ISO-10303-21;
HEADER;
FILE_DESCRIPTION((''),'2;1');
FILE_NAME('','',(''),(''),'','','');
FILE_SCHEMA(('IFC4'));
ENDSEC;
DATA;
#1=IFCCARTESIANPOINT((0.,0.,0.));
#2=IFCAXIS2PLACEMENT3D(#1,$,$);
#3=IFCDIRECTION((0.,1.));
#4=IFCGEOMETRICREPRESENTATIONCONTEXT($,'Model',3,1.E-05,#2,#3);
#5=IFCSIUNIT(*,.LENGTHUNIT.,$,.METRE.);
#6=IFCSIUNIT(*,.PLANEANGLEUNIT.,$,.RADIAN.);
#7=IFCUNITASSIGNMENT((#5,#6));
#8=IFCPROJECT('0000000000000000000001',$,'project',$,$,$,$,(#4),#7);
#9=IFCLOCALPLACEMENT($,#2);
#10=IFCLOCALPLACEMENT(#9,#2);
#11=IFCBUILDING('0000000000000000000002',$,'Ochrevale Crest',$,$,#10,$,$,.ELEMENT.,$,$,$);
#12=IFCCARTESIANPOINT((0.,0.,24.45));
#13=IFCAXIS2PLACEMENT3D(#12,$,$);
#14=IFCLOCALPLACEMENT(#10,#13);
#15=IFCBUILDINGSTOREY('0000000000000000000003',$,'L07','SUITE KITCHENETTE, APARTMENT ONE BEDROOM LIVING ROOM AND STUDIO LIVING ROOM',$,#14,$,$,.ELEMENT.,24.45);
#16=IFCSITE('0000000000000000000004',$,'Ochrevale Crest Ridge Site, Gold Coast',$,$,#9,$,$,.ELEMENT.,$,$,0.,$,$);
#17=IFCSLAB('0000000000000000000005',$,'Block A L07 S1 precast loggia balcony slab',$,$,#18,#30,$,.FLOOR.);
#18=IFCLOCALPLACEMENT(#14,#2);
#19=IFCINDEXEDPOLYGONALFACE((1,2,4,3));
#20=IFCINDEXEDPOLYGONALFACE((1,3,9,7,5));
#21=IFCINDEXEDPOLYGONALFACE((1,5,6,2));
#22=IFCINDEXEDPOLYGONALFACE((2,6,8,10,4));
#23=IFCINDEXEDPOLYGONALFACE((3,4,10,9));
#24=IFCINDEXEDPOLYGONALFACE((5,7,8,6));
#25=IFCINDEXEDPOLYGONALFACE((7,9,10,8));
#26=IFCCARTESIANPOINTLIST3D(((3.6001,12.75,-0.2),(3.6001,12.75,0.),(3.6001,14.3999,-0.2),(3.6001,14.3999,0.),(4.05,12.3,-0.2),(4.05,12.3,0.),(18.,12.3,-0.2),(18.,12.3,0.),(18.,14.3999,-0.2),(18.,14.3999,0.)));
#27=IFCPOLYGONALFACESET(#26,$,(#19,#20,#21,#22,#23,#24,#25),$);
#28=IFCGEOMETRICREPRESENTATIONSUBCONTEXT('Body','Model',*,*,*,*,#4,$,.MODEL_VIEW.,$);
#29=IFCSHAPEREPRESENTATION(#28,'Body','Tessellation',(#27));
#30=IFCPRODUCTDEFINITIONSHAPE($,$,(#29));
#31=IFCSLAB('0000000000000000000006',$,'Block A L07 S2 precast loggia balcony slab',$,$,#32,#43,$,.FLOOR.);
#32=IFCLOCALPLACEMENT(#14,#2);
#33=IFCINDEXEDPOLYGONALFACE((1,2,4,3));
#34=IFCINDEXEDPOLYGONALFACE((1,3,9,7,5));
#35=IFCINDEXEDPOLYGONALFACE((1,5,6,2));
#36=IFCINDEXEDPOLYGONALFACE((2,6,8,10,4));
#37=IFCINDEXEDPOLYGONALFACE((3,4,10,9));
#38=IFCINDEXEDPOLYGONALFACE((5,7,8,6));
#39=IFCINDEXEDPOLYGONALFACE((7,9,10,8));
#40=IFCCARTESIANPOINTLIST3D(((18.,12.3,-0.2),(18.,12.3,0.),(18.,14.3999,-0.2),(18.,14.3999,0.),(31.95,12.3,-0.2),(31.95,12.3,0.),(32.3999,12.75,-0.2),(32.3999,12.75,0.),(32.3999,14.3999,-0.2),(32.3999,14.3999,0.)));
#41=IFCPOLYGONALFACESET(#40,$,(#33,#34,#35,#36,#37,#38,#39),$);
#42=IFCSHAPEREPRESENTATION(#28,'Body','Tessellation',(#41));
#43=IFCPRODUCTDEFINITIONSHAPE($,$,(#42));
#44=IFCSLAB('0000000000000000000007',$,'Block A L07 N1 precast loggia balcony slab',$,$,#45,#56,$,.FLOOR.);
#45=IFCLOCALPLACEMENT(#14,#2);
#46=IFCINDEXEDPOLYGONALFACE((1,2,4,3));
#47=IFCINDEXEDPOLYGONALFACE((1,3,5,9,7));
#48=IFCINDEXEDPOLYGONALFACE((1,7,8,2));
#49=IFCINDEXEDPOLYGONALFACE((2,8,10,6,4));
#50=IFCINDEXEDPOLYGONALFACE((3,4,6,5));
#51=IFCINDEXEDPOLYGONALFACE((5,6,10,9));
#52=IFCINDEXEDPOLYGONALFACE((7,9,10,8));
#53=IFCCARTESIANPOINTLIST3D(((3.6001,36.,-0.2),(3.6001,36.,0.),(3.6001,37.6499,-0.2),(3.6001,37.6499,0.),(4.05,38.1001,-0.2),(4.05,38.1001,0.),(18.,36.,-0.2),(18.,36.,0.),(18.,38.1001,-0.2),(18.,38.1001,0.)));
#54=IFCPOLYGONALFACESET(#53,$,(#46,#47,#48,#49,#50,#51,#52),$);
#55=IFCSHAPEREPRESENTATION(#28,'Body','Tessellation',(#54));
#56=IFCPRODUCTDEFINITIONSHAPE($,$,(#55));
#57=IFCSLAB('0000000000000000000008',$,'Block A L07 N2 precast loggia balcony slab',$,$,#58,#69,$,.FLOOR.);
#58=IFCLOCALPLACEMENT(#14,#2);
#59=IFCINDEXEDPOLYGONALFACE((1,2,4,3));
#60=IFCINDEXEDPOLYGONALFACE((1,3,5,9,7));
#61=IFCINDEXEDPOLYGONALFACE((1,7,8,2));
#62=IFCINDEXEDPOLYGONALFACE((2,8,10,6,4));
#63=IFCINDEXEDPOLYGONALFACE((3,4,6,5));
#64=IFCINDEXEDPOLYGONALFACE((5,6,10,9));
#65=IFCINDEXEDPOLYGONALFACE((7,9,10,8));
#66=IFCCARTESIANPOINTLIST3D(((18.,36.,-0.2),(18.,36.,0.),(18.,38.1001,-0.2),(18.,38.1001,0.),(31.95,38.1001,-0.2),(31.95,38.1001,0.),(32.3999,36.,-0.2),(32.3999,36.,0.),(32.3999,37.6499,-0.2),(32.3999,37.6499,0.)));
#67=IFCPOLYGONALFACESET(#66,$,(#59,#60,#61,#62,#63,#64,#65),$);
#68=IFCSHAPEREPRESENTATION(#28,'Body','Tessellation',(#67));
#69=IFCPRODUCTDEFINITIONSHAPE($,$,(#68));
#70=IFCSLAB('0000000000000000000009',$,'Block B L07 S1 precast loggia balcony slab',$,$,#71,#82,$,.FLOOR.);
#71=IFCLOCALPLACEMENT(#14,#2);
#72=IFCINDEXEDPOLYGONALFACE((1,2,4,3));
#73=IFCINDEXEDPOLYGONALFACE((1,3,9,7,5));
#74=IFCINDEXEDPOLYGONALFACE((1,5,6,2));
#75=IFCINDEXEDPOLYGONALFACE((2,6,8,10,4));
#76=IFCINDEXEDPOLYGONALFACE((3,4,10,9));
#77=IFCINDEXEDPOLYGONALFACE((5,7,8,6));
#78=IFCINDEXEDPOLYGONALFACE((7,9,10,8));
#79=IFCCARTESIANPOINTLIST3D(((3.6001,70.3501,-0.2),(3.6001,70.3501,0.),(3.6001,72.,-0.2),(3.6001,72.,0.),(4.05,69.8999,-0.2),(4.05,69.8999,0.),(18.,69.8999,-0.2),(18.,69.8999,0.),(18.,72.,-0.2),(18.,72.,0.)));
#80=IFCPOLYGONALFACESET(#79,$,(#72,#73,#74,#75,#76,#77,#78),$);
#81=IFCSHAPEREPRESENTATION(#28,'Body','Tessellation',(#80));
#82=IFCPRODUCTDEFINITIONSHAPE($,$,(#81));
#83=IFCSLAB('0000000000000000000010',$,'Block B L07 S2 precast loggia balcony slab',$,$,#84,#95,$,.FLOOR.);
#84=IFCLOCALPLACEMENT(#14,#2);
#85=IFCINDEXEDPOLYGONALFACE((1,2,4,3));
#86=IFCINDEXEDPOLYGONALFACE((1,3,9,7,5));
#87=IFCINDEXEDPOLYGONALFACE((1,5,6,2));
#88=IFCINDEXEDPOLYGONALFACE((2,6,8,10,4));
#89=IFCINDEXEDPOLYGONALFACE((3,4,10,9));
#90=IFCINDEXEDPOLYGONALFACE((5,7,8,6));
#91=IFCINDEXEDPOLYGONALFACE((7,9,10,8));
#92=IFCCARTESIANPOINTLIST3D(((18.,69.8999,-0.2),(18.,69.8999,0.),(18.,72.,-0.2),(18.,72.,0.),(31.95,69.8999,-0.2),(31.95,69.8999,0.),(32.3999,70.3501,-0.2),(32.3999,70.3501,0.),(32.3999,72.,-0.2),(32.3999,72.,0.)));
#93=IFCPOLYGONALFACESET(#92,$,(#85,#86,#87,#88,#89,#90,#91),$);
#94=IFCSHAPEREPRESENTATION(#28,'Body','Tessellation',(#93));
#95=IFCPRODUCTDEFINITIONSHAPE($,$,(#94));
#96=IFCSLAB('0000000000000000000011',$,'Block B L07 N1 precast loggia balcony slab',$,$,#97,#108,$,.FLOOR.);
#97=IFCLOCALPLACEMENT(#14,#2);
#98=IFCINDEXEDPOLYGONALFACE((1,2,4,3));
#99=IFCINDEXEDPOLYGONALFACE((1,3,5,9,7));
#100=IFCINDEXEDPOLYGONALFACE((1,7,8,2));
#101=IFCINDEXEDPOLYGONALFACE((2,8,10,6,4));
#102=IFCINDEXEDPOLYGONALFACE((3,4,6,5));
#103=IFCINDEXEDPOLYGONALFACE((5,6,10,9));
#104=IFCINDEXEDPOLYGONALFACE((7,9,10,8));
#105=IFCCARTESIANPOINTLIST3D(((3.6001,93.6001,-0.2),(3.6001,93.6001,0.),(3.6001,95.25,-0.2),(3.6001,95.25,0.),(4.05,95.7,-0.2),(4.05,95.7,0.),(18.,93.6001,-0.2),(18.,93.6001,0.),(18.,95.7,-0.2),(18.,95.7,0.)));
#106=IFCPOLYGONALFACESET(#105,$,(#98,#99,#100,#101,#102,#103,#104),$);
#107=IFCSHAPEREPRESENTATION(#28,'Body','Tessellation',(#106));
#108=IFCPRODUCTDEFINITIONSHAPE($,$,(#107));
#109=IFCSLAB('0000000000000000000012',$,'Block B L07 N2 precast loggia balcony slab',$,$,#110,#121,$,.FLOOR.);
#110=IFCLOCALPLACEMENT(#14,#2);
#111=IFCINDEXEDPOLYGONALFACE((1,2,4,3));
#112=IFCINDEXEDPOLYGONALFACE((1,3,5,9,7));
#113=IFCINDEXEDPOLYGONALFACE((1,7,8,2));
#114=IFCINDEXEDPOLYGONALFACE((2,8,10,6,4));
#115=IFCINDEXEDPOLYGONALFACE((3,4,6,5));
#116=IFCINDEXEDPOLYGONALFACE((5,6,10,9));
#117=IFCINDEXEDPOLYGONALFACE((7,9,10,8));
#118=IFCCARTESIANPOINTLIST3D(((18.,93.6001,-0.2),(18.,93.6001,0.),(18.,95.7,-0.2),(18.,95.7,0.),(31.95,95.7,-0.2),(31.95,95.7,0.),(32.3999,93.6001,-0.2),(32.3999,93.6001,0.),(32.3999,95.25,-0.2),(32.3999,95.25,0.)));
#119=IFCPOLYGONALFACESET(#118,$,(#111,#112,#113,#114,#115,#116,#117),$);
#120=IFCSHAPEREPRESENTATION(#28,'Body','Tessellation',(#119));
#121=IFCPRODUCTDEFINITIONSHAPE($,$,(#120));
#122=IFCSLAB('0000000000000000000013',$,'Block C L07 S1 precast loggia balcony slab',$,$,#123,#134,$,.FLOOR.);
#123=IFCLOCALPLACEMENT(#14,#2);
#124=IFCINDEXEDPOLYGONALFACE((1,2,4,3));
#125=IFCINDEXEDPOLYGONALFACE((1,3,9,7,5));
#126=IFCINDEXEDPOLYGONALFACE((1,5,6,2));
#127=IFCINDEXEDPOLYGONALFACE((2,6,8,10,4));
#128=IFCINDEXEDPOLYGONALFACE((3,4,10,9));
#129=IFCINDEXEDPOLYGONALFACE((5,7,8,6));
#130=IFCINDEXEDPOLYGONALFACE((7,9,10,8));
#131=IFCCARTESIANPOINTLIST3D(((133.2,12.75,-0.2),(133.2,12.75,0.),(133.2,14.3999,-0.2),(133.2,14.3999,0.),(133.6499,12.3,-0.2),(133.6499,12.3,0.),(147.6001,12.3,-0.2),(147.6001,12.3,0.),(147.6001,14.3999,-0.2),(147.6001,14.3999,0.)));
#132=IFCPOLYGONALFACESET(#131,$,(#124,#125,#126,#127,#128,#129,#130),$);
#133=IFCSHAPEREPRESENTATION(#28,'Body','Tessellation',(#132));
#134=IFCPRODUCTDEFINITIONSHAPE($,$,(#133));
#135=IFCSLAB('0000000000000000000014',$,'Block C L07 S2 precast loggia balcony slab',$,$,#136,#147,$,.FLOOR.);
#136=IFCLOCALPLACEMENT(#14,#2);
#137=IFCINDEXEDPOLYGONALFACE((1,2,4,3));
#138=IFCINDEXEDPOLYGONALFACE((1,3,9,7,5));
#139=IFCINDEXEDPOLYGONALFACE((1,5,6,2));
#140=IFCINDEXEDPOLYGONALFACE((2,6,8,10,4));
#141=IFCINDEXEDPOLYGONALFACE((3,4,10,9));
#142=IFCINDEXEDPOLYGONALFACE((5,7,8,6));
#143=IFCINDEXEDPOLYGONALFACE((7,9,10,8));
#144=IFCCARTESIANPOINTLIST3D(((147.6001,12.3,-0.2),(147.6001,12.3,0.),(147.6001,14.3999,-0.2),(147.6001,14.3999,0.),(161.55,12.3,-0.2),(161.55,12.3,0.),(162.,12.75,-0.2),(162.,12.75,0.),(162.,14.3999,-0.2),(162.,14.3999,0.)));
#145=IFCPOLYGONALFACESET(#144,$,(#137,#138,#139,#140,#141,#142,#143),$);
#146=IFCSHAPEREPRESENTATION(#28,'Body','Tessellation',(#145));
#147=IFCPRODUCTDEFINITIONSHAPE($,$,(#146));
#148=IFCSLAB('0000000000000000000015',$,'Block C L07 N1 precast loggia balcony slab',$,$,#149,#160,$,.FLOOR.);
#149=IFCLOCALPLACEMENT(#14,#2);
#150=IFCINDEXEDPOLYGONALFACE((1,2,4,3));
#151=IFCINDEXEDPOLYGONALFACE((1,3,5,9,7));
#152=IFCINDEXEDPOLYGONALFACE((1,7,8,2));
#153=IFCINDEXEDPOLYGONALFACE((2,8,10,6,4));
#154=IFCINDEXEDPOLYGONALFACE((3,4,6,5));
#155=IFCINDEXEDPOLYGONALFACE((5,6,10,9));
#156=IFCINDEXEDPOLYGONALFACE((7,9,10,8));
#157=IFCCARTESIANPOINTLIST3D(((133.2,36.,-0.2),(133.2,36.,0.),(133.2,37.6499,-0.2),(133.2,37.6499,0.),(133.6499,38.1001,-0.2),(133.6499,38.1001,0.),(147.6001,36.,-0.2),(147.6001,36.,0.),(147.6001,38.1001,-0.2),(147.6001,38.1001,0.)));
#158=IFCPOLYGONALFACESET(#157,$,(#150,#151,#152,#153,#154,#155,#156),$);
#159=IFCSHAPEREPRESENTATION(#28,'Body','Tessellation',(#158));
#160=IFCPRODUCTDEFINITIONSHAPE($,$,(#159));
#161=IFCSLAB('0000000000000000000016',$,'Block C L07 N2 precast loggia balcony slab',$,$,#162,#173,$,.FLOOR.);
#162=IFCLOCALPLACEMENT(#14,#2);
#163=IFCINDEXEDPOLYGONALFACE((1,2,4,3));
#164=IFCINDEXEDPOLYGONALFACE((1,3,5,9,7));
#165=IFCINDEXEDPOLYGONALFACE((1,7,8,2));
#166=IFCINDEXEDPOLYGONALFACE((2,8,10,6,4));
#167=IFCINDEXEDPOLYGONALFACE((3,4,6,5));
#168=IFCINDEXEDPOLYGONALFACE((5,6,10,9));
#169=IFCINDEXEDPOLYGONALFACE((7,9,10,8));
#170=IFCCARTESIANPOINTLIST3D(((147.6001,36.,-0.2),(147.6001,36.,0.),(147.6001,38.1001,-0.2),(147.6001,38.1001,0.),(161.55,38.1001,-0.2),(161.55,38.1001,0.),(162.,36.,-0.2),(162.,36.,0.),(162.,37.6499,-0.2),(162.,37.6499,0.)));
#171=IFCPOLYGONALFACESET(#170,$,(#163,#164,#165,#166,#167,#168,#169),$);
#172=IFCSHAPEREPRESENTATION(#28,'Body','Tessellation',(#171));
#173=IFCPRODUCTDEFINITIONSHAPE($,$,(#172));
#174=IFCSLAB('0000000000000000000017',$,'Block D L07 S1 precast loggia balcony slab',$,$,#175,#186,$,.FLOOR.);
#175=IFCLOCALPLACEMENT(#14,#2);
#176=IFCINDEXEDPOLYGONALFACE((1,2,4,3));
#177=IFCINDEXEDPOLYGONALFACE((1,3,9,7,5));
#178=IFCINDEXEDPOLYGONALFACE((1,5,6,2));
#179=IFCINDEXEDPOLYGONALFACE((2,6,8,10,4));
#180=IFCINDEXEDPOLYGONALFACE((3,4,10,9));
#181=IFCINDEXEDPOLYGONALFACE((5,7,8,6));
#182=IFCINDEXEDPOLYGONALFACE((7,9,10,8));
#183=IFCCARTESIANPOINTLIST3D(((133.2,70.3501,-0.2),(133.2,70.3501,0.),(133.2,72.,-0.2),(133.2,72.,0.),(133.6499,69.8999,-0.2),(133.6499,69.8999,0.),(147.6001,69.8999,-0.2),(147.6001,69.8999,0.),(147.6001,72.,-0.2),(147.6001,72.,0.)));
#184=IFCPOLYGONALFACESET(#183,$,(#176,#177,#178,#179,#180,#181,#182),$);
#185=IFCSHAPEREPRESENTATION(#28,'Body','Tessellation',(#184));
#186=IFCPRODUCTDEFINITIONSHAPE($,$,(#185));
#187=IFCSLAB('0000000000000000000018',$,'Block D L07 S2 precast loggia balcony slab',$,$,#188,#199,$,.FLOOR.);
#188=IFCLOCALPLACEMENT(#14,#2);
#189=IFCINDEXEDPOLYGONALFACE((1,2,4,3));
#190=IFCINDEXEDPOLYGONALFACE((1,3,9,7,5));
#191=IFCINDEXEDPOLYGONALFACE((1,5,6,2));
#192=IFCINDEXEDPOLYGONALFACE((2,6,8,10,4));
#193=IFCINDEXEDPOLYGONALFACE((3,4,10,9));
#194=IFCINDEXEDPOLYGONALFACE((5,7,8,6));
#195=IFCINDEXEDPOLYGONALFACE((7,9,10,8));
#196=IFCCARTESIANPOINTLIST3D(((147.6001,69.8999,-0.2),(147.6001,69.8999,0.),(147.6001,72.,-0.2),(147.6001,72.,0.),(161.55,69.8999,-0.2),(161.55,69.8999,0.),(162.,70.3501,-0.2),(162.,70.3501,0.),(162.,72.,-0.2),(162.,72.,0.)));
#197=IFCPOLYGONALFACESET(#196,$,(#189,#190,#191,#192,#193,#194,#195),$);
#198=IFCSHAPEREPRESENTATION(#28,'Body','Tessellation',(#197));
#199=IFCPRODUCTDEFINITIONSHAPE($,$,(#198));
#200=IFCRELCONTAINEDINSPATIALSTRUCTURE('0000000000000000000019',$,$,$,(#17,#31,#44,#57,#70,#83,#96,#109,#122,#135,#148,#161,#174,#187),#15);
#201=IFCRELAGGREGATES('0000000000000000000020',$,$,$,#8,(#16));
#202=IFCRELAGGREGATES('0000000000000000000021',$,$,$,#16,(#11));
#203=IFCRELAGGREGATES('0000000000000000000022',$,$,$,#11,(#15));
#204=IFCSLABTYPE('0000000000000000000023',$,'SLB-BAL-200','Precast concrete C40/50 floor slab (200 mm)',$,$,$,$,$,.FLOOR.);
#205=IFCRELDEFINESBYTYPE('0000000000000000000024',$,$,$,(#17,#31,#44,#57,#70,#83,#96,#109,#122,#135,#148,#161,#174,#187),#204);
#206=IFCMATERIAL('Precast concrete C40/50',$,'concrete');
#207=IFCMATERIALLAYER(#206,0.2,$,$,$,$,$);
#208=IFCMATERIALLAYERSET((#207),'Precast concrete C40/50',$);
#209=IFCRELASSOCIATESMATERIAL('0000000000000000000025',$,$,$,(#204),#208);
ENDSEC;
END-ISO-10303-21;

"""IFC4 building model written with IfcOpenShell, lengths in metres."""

from ifc_helpers import new_model, si_unit, direction, frame, origin, place, context, subcontext, project, spatial, polyline, outline, extrude, material, layer, layer_set, type_object, element, save


model = new_model("IFC4")

# Units and contexts
model_context = context("Model", 3, precision=1e-05, world=origin(), true_north=direction((0.0, 1.0)))
body_context = subcontext(model_context, "Body", "Model", "MODEL_VIEW")
ifc_project = project(units=[si_unit("LENGTHUNIT", "METRE"), si_unit("PLANEANGLEUNIT", "RADIAN")], contexts=[model_context])

# Site, building, storey
site_placement = place(None, origin())
site = spatial("IfcSite", under=ifc_project, at=site_placement, Name="Ochrevale Crest Ridge Site, Gold Coast", CompositionType="ELEMENT", RefElevation=0.0)
building_placement = place(site_placement, origin())
building = spatial("IfcBuilding", under=site, at=building_placement, Name="Ochrevale Crest", CompositionType="ELEMENT")
storey_placement = place(building_placement, frame((0.0, 0.0, 24.45)))
storey = spatial("IfcBuildingStorey", under=building, at=storey_placement, Name="L07", Description="SUITE KITCHENETTE, APARTMENT ONE BEDROOM LIVING ROOM AND STUDIO LIVING ROOM", CompositionType="ELEMENT", Elevation=24.45)

# Slabs
ifc_material_1 = material(Name="Precast concrete C40/50", Category="concrete")
ifc_layer_1 = layer(ifc_material_1, 0.2)
ifc_layer_set_1 = layer_set([ifc_layer_1], Name="Precast concrete C40/50")
slab_type_1 = type_object("IfcSlabType", Name="SLB-BAL-200", Description="Precast concrete C40/50 floor slab (200 mm)", PredefinedType="FLOOR", material=ifc_layer_set_1)
slab_1_placement = place(storey_placement, frame((0.0, 0.0, -0.2)))
element("IfcSlab", 1, at=slab_1_placement, inside=storey, type_object=slab_type_1, Name="Block A L07 S1 precast loggia balcony slab", PredefinedType="FLOOR", context=body_context, shape_type="SweptSolid", body=[
    extrude(outline(polyline([(4.05, 12.3), (18.0, 12.3), (18.0, 14.3999), (3.6001, 14.3999), (3.6001, 12.75), (4.05, 12.3)])), origin(), (0.0, 0.0, 1.0), 0.2),
])
slab_2_placement = place(storey_placement, frame((0.0, 0.0, -0.2)))
element("IfcSlab", 2, at=slab_2_placement, inside=storey, type_object=slab_type_1, Name="Block A L07 S2 precast loggia balcony slab", PredefinedType="FLOOR", context=body_context, shape_type="SweptSolid", body=[
    extrude(outline(polyline([(18.0, 12.3), (31.95, 12.3), (32.3999, 12.75), (32.3999, 14.3999), (18.0, 14.3999), (18.0, 12.3)])), origin(), (0.0, 0.0, 1.0), 0.2),
])
slab_3_placement = place(storey_placement, frame((0.0, 0.0, -0.2)))
element("IfcSlab", 3, at=slab_3_placement, inside=storey, type_object=slab_type_1, Name="Block A L07 N1 precast loggia balcony slab", PredefinedType="FLOOR", context=body_context, shape_type="SweptSolid", body=[
    extrude(outline(polyline([(3.6001, 36.0), (18.0, 36.0), (18.0, 38.1001), (4.05, 38.1001), (3.6001, 37.6499), (3.6001, 36.0)])), origin(), (0.0, 0.0, 1.0), 0.2),
])
slab_4_placement = place(storey_placement, frame((0.0, 0.0, -0.2)))
element("IfcSlab", 4, at=slab_4_placement, inside=storey, type_object=slab_type_1, Name="Block A L07 N2 precast loggia balcony slab", PredefinedType="FLOOR", context=body_context, shape_type="SweptSolid", body=[
    extrude(outline(polyline([(18.0, 36.0), (32.3999, 36.0), (32.3999, 37.6499), (31.95, 38.1001), (18.0, 38.1001), (18.0, 36.0)])), origin(), (0.0, 0.0, 1.0), 0.2),
])
slab_5_placement = place(storey_placement, frame((0.0, 0.0, -0.2)))
element("IfcSlab", 5, at=slab_5_placement, inside=storey, type_object=slab_type_1, Name="Block B L07 S1 precast loggia balcony slab", PredefinedType="FLOOR", context=body_context, shape_type="SweptSolid", body=[
    extrude(outline(polyline([(4.05, 69.8999), (18.0, 69.8999), (18.0, 72.0), (3.6001, 72.0), (3.6001, 70.3501), (4.05, 69.8999)])), origin(), (0.0, 0.0, 1.0), 0.2),
])
slab_6_placement = place(storey_placement, frame((0.0, 0.0, -0.2)))
element("IfcSlab", 6, at=slab_6_placement, inside=storey, type_object=slab_type_1, Name="Block B L07 S2 precast loggia balcony slab", PredefinedType="FLOOR", context=body_context, shape_type="SweptSolid", body=[
    extrude(outline(polyline([(18.0, 69.8999), (31.95, 69.8999), (32.3999, 70.3501), (32.3999, 72.0), (18.0, 72.0), (18.0, 69.8999)])), origin(), (0.0, 0.0, 1.0), 0.2),
])
slab_7_placement = place(storey_placement, frame((0.0, 0.0, -0.2)))
element("IfcSlab", 7, at=slab_7_placement, inside=storey, type_object=slab_type_1, Name="Block B L07 N1 precast loggia balcony slab", PredefinedType="FLOOR", context=body_context, shape_type="SweptSolid", body=[
    extrude(outline(polyline([(3.6001, 93.6001), (18.0, 93.6001), (18.0, 95.7), (4.05, 95.7), (3.6001, 95.25), (3.6001, 93.6001)])), origin(), (0.0, 0.0, 1.0), 0.2),
])
slab_8_placement = place(storey_placement, frame((0.0, 0.0, -0.2)))
element("IfcSlab", 8, at=slab_8_placement, inside=storey, type_object=slab_type_1, Name="Block B L07 N2 precast loggia balcony slab", PredefinedType="FLOOR", context=body_context, shape_type="SweptSolid", body=[
    extrude(outline(polyline([(18.0, 93.6001), (32.3999, 93.6001), (32.3999, 95.25), (31.95, 95.7), (18.0, 95.7), (18.0, 93.6001)])), origin(), (0.0, 0.0, 1.0), 0.2),
])
slab_9_placement = place(storey_placement, frame((0.0, 0.0, -0.2)))
element("IfcSlab", 9, at=slab_9_placement, inside=storey, type_object=slab_type_1, Name="Block C L07 S1 precast loggia balcony slab", PredefinedType="FLOOR", context=body_context, shape_type="SweptSolid", body=[
    extrude(outline(polyline([(133.6499, 12.3), (147.6001, 12.3), (147.6001, 14.3999), (133.2, 14.3999), (133.2, 12.75), (133.6499, 12.3)])), origin(), (0.0, 0.0, 1.0), 0.2),
])
slab_10_placement = place(storey_placement, frame((0.0, 0.0, -0.2)))
element("IfcSlab", 10, at=slab_10_placement, inside=storey, type_object=slab_type_1, Name="Block C L07 S2 precast loggia balcony slab", PredefinedType="FLOOR", context=body_context, shape_type="SweptSolid", body=[
    extrude(outline(polyline([(147.6001, 12.3), (161.55, 12.3), (162.0, 12.75), (162.0, 14.3999), (147.6001, 14.3999), (147.6001, 12.3)])), origin(), (0.0, 0.0, 1.0), 0.2),
])
slab_11_placement = place(storey_placement, frame((0.0, 0.0, -0.2)))
element("IfcSlab", 11, at=slab_11_placement, inside=storey, type_object=slab_type_1, Name="Block C L07 N1 precast loggia balcony slab", PredefinedType="FLOOR", context=body_context, shape_type="SweptSolid", body=[
    extrude(outline(polyline([(133.2, 36.0), (147.6001, 36.0), (147.6001, 38.1001), (133.6499, 38.1001), (133.2, 37.6499), (133.2, 36.0)])), origin(), (0.0, 0.0, 1.0), 0.2),
])
slab_12_placement = place(storey_placement, frame((0.0, 0.0, -0.2)))
element("IfcSlab", 12, at=slab_12_placement, inside=storey, type_object=slab_type_1, Name="Block C L07 N2 precast loggia balcony slab", PredefinedType="FLOOR", context=body_context, shape_type="SweptSolid", body=[
    extrude(outline(polyline([(147.6001, 36.0), (162.0, 36.0), (162.0, 37.6499), (161.55, 38.1001), (147.6001, 38.1001), (147.6001, 36.0)])), origin(), (0.0, 0.0, 1.0), 0.2),
])
slab_13_placement = place(storey_placement, frame((0.0, 0.0, -0.2)))
element("IfcSlab", 13, at=slab_13_placement, inside=storey, type_object=slab_type_1, Name="Block D L07 S1 precast loggia balcony slab", PredefinedType="FLOOR", context=body_context, shape_type="SweptSolid", body=[
    extrude(outline(polyline([(133.6499, 69.8999), (147.6001, 69.8999), (147.6001, 72.0), (133.2, 72.0), (133.2, 70.3501), (133.6499, 69.8999)])), origin(), (0.0, 0.0, 1.0), 0.2),
])
slab_14_placement = place(storey_placement, frame((0.0, 0.0, -0.2)))
element("IfcSlab", 14, at=slab_14_placement, inside=storey, type_object=slab_type_1, Name="Block D L07 S2 precast loggia balcony slab", PredefinedType="FLOOR", context=body_context, shape_type="SweptSolid", body=[
    extrude(outline(polyline([(147.6001, 69.8999), (161.55, 69.8999), (162.0, 70.3501), (162.0, 72.0), (147.6001, 72.0), (147.6001, 69.8999)])), origin(), (0.0, 0.0, 1.0), 0.2),
])

save(model, "model.ifc")
